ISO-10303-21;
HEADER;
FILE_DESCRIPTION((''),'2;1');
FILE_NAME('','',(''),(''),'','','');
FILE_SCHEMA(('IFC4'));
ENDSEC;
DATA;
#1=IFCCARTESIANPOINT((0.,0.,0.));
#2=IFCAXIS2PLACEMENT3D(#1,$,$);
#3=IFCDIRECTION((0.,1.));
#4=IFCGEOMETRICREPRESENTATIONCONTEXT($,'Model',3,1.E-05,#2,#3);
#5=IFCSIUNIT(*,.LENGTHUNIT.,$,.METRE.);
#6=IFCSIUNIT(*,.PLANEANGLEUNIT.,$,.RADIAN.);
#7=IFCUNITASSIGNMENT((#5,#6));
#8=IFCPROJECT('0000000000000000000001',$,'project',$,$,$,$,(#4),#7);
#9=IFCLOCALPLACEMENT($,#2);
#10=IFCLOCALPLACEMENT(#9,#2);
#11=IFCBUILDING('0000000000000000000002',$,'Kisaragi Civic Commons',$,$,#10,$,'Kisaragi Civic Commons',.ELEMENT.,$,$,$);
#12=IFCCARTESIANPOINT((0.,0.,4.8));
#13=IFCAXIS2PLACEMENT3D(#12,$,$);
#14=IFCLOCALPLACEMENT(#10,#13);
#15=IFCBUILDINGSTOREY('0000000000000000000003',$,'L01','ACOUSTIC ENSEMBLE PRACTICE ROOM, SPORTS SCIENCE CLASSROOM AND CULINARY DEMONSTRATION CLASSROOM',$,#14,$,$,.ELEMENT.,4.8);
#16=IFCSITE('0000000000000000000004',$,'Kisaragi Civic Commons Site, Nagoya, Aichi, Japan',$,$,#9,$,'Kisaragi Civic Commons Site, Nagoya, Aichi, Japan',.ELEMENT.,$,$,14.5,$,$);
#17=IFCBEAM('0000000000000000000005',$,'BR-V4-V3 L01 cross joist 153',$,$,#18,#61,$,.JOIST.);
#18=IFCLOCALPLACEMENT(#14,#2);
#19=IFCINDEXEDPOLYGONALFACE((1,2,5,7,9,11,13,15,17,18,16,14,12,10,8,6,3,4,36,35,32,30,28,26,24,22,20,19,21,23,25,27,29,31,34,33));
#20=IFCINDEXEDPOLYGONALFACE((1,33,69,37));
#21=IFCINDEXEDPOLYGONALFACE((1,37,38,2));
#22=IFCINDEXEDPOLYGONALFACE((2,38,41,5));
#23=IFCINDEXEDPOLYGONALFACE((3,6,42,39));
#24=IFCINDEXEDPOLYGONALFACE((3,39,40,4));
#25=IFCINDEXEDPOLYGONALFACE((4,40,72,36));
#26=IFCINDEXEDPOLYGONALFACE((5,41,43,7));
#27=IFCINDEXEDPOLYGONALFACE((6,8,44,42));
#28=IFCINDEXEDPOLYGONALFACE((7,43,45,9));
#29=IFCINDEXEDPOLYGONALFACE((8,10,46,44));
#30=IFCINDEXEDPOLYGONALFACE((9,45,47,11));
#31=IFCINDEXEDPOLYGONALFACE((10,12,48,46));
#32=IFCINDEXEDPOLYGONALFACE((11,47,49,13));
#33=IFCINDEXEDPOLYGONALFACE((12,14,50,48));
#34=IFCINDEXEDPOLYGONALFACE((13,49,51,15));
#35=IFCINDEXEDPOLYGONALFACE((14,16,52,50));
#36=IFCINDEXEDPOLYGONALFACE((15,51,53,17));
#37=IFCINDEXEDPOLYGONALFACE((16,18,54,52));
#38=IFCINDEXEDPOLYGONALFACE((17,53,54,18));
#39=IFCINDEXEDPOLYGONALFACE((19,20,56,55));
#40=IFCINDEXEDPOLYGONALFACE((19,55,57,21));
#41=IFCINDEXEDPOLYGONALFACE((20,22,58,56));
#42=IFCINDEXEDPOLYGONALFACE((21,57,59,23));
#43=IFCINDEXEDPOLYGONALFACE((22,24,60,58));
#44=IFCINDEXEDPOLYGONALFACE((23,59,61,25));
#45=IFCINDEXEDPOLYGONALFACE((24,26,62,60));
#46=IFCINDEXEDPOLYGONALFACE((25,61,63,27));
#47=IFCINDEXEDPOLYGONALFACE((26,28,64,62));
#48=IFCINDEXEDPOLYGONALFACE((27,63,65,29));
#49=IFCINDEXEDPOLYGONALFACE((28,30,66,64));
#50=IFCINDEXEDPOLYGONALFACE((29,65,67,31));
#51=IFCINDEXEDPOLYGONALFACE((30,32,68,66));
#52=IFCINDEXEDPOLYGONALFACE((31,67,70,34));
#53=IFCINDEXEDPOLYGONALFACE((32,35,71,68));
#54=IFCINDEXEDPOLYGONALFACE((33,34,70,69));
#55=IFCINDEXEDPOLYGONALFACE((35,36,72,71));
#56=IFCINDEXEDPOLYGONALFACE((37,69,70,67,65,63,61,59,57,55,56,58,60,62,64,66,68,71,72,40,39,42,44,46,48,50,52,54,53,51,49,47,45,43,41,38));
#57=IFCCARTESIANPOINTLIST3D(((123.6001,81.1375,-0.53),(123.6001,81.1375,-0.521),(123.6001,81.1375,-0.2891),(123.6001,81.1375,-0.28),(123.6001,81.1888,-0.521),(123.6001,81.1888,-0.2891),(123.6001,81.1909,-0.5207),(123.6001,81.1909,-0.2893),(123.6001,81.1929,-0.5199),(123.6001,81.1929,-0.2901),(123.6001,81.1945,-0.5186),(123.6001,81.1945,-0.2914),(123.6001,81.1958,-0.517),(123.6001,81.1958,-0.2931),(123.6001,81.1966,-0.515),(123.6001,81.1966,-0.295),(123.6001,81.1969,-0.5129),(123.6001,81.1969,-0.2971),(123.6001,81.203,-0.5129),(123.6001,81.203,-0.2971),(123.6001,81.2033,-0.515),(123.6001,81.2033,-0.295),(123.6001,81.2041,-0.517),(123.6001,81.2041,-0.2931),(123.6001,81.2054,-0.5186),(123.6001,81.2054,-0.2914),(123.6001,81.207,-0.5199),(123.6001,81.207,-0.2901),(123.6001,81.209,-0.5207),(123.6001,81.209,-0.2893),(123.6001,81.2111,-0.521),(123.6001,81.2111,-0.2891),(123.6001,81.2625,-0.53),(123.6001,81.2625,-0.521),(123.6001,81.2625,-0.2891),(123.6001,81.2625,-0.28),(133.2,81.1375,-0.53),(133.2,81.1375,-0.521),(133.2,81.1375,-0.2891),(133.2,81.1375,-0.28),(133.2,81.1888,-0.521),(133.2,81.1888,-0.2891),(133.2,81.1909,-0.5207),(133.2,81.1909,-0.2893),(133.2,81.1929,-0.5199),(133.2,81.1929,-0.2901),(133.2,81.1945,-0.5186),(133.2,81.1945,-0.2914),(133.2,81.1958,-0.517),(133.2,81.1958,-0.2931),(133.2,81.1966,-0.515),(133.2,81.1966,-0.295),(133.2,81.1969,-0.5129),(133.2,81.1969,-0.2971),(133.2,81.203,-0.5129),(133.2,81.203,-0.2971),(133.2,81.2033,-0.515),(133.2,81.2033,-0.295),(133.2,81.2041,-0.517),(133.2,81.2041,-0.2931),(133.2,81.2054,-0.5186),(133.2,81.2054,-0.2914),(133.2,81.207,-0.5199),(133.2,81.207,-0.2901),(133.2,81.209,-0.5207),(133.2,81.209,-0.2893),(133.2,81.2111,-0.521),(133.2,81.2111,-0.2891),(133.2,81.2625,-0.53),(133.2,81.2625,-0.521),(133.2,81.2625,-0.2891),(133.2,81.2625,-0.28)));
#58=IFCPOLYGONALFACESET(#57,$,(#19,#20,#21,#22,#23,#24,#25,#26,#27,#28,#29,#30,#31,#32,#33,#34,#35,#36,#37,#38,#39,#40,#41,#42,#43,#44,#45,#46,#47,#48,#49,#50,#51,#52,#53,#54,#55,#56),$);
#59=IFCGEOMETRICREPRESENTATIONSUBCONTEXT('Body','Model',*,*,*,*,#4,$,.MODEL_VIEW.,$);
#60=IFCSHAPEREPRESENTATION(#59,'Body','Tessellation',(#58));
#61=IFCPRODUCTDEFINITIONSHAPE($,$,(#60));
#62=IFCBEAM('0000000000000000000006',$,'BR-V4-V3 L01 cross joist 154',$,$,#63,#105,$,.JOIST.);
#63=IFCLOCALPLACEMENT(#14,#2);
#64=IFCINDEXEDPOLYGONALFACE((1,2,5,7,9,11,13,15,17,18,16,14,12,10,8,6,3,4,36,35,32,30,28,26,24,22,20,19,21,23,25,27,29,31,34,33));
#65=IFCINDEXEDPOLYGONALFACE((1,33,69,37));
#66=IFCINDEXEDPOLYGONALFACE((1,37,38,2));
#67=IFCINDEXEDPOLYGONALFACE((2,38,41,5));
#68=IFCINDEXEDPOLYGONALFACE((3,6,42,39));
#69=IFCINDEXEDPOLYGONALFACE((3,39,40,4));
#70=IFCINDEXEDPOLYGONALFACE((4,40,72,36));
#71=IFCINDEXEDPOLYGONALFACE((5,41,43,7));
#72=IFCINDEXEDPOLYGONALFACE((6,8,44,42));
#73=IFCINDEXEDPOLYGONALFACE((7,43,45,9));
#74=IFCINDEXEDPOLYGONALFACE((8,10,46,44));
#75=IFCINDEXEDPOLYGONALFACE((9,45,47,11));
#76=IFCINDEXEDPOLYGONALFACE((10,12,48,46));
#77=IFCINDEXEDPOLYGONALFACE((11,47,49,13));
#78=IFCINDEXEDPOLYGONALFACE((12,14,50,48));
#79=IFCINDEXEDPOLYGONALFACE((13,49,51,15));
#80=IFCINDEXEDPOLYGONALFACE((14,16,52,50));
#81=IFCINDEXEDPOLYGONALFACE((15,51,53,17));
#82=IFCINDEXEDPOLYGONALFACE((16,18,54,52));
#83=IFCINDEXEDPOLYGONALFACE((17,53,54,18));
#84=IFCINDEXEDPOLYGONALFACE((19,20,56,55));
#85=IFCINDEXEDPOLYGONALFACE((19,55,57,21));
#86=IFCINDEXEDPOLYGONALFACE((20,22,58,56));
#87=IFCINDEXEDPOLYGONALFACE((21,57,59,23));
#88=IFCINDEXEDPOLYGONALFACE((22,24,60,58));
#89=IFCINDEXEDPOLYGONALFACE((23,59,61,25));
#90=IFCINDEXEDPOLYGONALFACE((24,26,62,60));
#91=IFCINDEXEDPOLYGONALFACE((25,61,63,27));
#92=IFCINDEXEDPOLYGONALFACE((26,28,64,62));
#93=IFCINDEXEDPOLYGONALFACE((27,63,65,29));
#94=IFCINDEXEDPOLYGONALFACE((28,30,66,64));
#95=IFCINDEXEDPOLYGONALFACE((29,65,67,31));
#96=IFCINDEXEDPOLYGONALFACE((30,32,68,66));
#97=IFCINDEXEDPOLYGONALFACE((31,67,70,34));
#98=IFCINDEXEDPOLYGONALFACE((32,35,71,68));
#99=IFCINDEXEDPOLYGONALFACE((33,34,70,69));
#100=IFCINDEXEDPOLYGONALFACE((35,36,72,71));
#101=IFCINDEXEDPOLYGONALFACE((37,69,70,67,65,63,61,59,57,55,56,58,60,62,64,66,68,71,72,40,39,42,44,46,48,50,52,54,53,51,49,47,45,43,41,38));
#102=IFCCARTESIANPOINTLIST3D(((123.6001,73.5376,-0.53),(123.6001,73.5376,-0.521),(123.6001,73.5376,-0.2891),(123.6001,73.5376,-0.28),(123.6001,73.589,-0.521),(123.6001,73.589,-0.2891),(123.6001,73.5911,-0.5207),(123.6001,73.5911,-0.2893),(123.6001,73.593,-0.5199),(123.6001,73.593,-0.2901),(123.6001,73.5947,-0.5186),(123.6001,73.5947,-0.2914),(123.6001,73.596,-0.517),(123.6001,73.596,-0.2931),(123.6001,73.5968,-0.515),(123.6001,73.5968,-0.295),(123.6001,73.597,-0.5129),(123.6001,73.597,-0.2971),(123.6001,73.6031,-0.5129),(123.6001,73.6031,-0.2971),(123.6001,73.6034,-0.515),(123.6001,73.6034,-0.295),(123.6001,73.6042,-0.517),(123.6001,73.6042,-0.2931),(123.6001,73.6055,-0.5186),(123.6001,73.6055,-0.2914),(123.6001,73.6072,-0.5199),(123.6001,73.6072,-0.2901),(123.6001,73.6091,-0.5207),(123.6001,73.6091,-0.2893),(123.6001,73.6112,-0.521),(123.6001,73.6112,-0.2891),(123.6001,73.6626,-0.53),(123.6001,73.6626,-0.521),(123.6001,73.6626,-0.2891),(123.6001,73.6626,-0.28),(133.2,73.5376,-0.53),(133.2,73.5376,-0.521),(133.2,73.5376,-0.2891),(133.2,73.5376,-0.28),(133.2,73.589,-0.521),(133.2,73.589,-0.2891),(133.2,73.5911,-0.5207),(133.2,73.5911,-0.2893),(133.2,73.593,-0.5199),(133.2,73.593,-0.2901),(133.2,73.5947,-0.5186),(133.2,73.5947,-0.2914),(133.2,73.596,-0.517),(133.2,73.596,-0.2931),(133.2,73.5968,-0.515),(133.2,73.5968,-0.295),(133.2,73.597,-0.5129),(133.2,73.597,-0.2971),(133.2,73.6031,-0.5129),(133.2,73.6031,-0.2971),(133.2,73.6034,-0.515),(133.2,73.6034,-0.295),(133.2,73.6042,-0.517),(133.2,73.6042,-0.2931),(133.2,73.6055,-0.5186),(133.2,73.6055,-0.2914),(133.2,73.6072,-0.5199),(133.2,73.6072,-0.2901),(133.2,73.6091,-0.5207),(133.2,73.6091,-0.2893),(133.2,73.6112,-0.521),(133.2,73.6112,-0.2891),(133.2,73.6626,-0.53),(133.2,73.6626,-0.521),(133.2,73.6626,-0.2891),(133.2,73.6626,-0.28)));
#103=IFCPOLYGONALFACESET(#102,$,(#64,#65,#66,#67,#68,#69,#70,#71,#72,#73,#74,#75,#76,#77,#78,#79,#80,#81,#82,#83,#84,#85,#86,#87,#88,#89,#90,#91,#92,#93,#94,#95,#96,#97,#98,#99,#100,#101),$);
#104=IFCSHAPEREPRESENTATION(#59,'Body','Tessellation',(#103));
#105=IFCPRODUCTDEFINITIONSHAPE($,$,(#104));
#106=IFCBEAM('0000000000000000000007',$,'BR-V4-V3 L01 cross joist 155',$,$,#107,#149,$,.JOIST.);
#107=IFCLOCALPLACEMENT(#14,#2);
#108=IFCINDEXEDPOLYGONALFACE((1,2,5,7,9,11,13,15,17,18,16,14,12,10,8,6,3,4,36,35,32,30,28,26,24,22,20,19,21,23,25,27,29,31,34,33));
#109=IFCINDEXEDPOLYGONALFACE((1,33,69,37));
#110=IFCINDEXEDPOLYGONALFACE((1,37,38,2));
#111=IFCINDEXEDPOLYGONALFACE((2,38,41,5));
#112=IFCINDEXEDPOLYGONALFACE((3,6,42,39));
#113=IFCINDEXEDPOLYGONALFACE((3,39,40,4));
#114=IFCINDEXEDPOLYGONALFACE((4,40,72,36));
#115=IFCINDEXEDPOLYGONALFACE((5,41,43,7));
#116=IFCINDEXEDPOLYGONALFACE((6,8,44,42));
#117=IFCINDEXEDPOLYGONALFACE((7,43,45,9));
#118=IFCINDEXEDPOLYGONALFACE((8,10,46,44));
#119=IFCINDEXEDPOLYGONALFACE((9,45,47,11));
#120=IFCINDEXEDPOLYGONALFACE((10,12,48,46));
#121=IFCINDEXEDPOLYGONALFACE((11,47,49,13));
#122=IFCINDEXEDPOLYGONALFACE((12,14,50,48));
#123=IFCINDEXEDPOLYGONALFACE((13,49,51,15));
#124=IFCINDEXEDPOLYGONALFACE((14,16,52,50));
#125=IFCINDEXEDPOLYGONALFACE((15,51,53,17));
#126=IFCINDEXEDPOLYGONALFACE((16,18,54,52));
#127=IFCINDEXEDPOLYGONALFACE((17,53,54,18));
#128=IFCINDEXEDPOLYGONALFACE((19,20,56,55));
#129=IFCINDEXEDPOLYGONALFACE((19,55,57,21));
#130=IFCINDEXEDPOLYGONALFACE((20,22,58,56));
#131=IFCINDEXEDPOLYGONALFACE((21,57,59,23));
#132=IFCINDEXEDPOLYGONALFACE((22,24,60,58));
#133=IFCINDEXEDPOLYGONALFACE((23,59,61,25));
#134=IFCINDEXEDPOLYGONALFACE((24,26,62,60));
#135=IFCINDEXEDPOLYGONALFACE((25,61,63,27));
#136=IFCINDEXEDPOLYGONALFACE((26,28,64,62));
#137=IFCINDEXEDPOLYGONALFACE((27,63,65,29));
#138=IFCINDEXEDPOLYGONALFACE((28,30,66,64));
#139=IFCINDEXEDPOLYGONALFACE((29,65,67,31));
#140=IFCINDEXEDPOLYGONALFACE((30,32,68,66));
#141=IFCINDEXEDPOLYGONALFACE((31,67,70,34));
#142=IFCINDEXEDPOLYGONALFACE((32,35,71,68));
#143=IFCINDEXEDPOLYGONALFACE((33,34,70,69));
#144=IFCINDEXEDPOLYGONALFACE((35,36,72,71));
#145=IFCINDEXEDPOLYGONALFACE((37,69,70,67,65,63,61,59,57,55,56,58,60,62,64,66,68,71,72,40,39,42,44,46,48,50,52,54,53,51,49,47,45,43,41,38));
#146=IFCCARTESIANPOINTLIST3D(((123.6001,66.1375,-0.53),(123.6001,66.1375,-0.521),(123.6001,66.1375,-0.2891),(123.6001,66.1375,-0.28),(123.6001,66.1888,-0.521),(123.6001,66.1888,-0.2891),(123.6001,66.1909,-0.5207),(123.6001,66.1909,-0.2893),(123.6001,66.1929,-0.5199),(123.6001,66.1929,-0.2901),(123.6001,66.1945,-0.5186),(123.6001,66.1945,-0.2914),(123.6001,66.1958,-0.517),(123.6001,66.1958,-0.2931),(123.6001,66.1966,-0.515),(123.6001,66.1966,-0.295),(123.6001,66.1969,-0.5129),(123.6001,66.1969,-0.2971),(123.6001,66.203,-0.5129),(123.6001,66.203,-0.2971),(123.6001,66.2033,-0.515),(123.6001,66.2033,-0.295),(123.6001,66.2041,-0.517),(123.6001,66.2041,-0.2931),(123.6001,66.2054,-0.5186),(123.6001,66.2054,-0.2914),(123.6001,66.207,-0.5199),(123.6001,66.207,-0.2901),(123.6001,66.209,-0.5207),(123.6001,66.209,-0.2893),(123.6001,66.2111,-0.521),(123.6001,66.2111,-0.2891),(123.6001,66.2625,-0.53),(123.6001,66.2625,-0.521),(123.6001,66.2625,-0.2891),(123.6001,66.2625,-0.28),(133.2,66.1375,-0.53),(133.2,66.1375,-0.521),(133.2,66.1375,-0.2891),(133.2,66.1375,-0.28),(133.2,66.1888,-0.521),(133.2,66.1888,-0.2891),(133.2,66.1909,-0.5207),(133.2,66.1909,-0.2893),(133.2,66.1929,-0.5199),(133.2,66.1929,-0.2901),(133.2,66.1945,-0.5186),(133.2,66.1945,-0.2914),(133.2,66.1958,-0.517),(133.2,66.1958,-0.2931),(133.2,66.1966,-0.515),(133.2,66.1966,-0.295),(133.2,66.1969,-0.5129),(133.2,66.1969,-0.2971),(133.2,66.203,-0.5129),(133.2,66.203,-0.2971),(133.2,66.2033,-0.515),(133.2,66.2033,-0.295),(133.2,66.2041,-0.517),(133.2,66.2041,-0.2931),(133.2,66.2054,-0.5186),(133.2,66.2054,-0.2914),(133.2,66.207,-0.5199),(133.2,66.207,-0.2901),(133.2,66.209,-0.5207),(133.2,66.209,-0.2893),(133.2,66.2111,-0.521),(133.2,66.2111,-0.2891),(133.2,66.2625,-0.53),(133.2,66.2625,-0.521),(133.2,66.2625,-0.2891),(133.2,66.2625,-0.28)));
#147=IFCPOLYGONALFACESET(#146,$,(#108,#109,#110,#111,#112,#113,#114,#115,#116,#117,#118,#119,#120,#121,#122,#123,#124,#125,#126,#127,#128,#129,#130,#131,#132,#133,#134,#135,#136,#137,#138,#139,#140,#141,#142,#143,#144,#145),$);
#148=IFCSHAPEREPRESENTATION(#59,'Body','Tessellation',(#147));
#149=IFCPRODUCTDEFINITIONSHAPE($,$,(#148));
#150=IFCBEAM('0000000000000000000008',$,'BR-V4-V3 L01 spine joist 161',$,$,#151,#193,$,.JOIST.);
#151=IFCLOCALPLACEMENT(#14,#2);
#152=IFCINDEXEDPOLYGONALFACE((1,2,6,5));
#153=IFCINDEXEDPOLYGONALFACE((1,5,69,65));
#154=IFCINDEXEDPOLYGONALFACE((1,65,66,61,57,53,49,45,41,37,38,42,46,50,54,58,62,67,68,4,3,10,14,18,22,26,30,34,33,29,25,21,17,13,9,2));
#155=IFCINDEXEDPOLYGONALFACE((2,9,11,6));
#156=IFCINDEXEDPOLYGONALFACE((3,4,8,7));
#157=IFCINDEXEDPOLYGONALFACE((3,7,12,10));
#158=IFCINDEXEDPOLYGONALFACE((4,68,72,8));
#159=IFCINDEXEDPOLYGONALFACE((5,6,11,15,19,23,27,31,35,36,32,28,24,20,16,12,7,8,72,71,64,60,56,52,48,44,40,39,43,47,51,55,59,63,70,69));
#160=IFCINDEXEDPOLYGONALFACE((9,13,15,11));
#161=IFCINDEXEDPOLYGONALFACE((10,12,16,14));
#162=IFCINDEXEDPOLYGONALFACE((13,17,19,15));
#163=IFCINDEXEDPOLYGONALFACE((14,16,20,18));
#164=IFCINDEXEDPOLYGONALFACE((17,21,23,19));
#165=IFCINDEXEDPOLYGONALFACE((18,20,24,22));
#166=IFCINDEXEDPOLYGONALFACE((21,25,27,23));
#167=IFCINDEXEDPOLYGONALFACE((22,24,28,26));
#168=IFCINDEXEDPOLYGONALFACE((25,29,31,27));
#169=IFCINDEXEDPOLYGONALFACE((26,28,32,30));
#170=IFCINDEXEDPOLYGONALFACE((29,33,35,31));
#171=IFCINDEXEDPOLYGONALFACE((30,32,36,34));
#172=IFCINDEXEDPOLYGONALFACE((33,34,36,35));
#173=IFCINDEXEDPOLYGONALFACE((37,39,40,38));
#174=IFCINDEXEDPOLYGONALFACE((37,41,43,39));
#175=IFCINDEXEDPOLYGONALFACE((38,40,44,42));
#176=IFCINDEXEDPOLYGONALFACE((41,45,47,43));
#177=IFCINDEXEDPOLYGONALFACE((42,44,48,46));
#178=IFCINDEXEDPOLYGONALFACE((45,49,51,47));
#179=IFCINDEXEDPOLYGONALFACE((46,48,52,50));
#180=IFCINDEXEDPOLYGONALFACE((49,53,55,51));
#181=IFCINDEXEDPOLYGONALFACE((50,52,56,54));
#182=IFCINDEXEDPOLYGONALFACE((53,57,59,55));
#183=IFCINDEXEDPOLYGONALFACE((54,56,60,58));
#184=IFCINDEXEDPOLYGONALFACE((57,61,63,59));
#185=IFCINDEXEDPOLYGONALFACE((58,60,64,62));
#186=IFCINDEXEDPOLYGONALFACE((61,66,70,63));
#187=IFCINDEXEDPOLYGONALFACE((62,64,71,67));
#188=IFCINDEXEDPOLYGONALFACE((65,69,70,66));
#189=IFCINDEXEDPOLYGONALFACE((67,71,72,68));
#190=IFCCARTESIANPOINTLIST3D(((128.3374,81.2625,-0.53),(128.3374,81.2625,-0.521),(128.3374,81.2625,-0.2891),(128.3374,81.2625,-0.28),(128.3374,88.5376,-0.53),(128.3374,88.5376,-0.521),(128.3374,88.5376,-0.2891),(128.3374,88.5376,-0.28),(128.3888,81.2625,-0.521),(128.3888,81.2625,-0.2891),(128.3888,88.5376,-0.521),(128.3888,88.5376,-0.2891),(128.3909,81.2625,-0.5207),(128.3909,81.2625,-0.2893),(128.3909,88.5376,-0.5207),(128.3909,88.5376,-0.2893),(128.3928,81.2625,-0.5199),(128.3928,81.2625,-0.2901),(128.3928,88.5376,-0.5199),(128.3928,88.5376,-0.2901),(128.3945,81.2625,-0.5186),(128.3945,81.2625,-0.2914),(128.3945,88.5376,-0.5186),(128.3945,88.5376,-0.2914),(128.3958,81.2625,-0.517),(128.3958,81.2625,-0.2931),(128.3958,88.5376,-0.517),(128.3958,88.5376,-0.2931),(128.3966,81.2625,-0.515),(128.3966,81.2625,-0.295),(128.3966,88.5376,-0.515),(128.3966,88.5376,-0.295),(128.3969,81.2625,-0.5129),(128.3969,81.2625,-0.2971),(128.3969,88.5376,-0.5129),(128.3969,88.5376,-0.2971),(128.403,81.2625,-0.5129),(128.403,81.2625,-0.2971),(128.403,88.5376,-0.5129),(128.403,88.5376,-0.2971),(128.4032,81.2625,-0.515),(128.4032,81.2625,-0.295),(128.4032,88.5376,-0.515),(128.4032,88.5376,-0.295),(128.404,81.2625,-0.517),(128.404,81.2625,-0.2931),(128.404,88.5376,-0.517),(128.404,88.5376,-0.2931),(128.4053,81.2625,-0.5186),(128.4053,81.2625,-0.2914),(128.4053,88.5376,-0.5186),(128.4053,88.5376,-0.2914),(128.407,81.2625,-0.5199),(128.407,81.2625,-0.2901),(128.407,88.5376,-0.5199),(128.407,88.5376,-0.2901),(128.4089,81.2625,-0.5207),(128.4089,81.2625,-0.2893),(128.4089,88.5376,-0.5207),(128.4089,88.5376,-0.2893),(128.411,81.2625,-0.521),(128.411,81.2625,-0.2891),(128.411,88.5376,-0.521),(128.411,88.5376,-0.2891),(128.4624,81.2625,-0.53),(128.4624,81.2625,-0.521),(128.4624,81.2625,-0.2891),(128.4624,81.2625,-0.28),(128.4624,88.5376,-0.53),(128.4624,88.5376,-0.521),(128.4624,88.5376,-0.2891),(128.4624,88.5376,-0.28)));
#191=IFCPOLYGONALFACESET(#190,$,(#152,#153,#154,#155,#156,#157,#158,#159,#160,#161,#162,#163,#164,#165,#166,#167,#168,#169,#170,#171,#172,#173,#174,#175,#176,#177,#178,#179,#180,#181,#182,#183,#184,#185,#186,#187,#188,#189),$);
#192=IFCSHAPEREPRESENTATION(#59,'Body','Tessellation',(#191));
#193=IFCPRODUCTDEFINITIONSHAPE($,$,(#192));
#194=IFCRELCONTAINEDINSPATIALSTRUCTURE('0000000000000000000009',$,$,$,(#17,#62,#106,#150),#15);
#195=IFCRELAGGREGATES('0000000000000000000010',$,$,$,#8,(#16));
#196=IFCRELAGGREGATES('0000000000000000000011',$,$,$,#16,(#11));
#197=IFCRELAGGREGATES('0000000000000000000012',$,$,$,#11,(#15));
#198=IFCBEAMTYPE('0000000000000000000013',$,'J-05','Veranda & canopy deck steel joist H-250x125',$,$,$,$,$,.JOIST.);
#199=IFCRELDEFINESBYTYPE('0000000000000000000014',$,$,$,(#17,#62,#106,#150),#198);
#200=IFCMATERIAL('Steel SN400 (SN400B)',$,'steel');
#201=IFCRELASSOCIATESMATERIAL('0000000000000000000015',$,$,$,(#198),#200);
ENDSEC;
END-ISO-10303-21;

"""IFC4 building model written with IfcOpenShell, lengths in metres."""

from ifc_helpers import new_model, si_unit, direction, frame, origin, origin_2d, place, context, subcontext, project, spatial, i_section, extrude, material, material_profile, profile_set, type_object, element, save


model = new_model("IFC4")

# Units and contexts
model_context = context("Model", 3, precision=1e-05, world=origin(), true_north=direction((0.0, 1.0)))
body_context = subcontext(model_context, "Body", "Model", "MODEL_VIEW")
ifc_project = project(units=[si_unit("LENGTHUNIT", "METRE"), si_unit("PLANEANGLEUNIT", "RADIAN")], contexts=[model_context])

# Site, building, storey
site_placement = place(None, origin())
site = spatial("IfcSite", under=ifc_project, at=site_placement, Name="Kisaragi Civic Commons Site, Nagoya, Aichi, Japan", LongName="Kisaragi Civic Commons Site, Nagoya, Aichi, Japan", CompositionType="ELEMENT", RefElevation=14.5)
building_placement = place(site_placement, origin())
building = spatial("IfcBuilding", under=site, at=building_placement, Name="Kisaragi Civic Commons", LongName="Kisaragi Civic Commons", CompositionType="ELEMENT")
storey_placement = place(building_placement, frame((0.0, 0.0, 4.8)))
storey = spatial("IfcBuildingStorey", under=building, at=storey_placement, Name="L01", Description="ACOUSTIC ENSEMBLE PRACTICE ROOM, SPORTS SCIENCE CLASSROOM AND CULINARY DEMONSTRATION CLASSROOM", CompositionType="ELEMENT", Elevation=4.8)

# Beams
ifc_material_1 = material(Name="Steel SN400 (SN400B)", Category="steel")
ifc_material_profile_1 = material_profile(ifc_material_1, i_section(OverallWidth=0.125, OverallDepth=0.25, WebThickness=0.0061, FlangeThickness=0.009, FilletRadius=0.0081, at=origin_2d()), Name="H-250x125x6x9", Category="steel")
ifc_profile_set_1 = profile_set([ifc_material_profile_1], Name="Steel SN400 (SN400B)")
beam_type_1 = type_object("IfcBeamType", Name="J-05", Description="Veranda & canopy deck steel joist H-250x125", PredefinedType="JOIST", material=ifc_profile_set_1)
for number, where, z_axis, x_axis, name in (
    (1, (123.6001, 81.2, -0.405), (1.0, 0.0, 0.0), (0.0, 1.0, 0.0), "BR-V4-V3 L01 cross joist 153"),
    (2, (123.6001, 73.6001, -0.405), (1.0, 0.0, 0.0), (0.0, 1.0, 0.0), "BR-V4-V3 L01 cross joist 154"),
    (3, (123.6001, 66.2, -0.405), (1.0, 0.0, 0.0), (0.0, 1.0, 0.0), "BR-V4-V3 L01 cross joist 155"),
):
    element("IfcBeam", number, at=place(storey_placement, frame(where, z_axis=z_axis, x_axis=x_axis)), inside=storey, type_object=beam_type_1, Name=name, PredefinedType="JOIST", context=body_context, shape_type="SweptSolid", body=[
        extrude(i_section(OverallWidth=0.125, OverallDepth=0.25, WebThickness=0.0061, FlangeThickness=0.009, FilletRadius=0.0081, at=origin_2d()), origin(), (0.0, 0.0, 1.0), 9.5999),
    ])
beam_1_placement = place(storey_placement, frame((128.3999, 88.5376, -0.405), z_axis=(0.0, -1.0, 0.0), x_axis=(1.0, 0.0, 0.0)))
element("IfcBeam", 4, at=beam_1_placement, inside=storey, type_object=beam_type_1, Name="BR-V4-V3 L01 spine joist 161", PredefinedType="JOIST", context=body_context, shape_type="SweptSolid", body=[
    extrude(i_section(OverallWidth=0.125, OverallDepth=0.25, WebThickness=0.0061, FlangeThickness=0.009, FilletRadius=0.0081, at=origin_2d()), origin(), (0.0, 0.0, 1.0), 7.2751),
])

save(model, "model.ifc")
